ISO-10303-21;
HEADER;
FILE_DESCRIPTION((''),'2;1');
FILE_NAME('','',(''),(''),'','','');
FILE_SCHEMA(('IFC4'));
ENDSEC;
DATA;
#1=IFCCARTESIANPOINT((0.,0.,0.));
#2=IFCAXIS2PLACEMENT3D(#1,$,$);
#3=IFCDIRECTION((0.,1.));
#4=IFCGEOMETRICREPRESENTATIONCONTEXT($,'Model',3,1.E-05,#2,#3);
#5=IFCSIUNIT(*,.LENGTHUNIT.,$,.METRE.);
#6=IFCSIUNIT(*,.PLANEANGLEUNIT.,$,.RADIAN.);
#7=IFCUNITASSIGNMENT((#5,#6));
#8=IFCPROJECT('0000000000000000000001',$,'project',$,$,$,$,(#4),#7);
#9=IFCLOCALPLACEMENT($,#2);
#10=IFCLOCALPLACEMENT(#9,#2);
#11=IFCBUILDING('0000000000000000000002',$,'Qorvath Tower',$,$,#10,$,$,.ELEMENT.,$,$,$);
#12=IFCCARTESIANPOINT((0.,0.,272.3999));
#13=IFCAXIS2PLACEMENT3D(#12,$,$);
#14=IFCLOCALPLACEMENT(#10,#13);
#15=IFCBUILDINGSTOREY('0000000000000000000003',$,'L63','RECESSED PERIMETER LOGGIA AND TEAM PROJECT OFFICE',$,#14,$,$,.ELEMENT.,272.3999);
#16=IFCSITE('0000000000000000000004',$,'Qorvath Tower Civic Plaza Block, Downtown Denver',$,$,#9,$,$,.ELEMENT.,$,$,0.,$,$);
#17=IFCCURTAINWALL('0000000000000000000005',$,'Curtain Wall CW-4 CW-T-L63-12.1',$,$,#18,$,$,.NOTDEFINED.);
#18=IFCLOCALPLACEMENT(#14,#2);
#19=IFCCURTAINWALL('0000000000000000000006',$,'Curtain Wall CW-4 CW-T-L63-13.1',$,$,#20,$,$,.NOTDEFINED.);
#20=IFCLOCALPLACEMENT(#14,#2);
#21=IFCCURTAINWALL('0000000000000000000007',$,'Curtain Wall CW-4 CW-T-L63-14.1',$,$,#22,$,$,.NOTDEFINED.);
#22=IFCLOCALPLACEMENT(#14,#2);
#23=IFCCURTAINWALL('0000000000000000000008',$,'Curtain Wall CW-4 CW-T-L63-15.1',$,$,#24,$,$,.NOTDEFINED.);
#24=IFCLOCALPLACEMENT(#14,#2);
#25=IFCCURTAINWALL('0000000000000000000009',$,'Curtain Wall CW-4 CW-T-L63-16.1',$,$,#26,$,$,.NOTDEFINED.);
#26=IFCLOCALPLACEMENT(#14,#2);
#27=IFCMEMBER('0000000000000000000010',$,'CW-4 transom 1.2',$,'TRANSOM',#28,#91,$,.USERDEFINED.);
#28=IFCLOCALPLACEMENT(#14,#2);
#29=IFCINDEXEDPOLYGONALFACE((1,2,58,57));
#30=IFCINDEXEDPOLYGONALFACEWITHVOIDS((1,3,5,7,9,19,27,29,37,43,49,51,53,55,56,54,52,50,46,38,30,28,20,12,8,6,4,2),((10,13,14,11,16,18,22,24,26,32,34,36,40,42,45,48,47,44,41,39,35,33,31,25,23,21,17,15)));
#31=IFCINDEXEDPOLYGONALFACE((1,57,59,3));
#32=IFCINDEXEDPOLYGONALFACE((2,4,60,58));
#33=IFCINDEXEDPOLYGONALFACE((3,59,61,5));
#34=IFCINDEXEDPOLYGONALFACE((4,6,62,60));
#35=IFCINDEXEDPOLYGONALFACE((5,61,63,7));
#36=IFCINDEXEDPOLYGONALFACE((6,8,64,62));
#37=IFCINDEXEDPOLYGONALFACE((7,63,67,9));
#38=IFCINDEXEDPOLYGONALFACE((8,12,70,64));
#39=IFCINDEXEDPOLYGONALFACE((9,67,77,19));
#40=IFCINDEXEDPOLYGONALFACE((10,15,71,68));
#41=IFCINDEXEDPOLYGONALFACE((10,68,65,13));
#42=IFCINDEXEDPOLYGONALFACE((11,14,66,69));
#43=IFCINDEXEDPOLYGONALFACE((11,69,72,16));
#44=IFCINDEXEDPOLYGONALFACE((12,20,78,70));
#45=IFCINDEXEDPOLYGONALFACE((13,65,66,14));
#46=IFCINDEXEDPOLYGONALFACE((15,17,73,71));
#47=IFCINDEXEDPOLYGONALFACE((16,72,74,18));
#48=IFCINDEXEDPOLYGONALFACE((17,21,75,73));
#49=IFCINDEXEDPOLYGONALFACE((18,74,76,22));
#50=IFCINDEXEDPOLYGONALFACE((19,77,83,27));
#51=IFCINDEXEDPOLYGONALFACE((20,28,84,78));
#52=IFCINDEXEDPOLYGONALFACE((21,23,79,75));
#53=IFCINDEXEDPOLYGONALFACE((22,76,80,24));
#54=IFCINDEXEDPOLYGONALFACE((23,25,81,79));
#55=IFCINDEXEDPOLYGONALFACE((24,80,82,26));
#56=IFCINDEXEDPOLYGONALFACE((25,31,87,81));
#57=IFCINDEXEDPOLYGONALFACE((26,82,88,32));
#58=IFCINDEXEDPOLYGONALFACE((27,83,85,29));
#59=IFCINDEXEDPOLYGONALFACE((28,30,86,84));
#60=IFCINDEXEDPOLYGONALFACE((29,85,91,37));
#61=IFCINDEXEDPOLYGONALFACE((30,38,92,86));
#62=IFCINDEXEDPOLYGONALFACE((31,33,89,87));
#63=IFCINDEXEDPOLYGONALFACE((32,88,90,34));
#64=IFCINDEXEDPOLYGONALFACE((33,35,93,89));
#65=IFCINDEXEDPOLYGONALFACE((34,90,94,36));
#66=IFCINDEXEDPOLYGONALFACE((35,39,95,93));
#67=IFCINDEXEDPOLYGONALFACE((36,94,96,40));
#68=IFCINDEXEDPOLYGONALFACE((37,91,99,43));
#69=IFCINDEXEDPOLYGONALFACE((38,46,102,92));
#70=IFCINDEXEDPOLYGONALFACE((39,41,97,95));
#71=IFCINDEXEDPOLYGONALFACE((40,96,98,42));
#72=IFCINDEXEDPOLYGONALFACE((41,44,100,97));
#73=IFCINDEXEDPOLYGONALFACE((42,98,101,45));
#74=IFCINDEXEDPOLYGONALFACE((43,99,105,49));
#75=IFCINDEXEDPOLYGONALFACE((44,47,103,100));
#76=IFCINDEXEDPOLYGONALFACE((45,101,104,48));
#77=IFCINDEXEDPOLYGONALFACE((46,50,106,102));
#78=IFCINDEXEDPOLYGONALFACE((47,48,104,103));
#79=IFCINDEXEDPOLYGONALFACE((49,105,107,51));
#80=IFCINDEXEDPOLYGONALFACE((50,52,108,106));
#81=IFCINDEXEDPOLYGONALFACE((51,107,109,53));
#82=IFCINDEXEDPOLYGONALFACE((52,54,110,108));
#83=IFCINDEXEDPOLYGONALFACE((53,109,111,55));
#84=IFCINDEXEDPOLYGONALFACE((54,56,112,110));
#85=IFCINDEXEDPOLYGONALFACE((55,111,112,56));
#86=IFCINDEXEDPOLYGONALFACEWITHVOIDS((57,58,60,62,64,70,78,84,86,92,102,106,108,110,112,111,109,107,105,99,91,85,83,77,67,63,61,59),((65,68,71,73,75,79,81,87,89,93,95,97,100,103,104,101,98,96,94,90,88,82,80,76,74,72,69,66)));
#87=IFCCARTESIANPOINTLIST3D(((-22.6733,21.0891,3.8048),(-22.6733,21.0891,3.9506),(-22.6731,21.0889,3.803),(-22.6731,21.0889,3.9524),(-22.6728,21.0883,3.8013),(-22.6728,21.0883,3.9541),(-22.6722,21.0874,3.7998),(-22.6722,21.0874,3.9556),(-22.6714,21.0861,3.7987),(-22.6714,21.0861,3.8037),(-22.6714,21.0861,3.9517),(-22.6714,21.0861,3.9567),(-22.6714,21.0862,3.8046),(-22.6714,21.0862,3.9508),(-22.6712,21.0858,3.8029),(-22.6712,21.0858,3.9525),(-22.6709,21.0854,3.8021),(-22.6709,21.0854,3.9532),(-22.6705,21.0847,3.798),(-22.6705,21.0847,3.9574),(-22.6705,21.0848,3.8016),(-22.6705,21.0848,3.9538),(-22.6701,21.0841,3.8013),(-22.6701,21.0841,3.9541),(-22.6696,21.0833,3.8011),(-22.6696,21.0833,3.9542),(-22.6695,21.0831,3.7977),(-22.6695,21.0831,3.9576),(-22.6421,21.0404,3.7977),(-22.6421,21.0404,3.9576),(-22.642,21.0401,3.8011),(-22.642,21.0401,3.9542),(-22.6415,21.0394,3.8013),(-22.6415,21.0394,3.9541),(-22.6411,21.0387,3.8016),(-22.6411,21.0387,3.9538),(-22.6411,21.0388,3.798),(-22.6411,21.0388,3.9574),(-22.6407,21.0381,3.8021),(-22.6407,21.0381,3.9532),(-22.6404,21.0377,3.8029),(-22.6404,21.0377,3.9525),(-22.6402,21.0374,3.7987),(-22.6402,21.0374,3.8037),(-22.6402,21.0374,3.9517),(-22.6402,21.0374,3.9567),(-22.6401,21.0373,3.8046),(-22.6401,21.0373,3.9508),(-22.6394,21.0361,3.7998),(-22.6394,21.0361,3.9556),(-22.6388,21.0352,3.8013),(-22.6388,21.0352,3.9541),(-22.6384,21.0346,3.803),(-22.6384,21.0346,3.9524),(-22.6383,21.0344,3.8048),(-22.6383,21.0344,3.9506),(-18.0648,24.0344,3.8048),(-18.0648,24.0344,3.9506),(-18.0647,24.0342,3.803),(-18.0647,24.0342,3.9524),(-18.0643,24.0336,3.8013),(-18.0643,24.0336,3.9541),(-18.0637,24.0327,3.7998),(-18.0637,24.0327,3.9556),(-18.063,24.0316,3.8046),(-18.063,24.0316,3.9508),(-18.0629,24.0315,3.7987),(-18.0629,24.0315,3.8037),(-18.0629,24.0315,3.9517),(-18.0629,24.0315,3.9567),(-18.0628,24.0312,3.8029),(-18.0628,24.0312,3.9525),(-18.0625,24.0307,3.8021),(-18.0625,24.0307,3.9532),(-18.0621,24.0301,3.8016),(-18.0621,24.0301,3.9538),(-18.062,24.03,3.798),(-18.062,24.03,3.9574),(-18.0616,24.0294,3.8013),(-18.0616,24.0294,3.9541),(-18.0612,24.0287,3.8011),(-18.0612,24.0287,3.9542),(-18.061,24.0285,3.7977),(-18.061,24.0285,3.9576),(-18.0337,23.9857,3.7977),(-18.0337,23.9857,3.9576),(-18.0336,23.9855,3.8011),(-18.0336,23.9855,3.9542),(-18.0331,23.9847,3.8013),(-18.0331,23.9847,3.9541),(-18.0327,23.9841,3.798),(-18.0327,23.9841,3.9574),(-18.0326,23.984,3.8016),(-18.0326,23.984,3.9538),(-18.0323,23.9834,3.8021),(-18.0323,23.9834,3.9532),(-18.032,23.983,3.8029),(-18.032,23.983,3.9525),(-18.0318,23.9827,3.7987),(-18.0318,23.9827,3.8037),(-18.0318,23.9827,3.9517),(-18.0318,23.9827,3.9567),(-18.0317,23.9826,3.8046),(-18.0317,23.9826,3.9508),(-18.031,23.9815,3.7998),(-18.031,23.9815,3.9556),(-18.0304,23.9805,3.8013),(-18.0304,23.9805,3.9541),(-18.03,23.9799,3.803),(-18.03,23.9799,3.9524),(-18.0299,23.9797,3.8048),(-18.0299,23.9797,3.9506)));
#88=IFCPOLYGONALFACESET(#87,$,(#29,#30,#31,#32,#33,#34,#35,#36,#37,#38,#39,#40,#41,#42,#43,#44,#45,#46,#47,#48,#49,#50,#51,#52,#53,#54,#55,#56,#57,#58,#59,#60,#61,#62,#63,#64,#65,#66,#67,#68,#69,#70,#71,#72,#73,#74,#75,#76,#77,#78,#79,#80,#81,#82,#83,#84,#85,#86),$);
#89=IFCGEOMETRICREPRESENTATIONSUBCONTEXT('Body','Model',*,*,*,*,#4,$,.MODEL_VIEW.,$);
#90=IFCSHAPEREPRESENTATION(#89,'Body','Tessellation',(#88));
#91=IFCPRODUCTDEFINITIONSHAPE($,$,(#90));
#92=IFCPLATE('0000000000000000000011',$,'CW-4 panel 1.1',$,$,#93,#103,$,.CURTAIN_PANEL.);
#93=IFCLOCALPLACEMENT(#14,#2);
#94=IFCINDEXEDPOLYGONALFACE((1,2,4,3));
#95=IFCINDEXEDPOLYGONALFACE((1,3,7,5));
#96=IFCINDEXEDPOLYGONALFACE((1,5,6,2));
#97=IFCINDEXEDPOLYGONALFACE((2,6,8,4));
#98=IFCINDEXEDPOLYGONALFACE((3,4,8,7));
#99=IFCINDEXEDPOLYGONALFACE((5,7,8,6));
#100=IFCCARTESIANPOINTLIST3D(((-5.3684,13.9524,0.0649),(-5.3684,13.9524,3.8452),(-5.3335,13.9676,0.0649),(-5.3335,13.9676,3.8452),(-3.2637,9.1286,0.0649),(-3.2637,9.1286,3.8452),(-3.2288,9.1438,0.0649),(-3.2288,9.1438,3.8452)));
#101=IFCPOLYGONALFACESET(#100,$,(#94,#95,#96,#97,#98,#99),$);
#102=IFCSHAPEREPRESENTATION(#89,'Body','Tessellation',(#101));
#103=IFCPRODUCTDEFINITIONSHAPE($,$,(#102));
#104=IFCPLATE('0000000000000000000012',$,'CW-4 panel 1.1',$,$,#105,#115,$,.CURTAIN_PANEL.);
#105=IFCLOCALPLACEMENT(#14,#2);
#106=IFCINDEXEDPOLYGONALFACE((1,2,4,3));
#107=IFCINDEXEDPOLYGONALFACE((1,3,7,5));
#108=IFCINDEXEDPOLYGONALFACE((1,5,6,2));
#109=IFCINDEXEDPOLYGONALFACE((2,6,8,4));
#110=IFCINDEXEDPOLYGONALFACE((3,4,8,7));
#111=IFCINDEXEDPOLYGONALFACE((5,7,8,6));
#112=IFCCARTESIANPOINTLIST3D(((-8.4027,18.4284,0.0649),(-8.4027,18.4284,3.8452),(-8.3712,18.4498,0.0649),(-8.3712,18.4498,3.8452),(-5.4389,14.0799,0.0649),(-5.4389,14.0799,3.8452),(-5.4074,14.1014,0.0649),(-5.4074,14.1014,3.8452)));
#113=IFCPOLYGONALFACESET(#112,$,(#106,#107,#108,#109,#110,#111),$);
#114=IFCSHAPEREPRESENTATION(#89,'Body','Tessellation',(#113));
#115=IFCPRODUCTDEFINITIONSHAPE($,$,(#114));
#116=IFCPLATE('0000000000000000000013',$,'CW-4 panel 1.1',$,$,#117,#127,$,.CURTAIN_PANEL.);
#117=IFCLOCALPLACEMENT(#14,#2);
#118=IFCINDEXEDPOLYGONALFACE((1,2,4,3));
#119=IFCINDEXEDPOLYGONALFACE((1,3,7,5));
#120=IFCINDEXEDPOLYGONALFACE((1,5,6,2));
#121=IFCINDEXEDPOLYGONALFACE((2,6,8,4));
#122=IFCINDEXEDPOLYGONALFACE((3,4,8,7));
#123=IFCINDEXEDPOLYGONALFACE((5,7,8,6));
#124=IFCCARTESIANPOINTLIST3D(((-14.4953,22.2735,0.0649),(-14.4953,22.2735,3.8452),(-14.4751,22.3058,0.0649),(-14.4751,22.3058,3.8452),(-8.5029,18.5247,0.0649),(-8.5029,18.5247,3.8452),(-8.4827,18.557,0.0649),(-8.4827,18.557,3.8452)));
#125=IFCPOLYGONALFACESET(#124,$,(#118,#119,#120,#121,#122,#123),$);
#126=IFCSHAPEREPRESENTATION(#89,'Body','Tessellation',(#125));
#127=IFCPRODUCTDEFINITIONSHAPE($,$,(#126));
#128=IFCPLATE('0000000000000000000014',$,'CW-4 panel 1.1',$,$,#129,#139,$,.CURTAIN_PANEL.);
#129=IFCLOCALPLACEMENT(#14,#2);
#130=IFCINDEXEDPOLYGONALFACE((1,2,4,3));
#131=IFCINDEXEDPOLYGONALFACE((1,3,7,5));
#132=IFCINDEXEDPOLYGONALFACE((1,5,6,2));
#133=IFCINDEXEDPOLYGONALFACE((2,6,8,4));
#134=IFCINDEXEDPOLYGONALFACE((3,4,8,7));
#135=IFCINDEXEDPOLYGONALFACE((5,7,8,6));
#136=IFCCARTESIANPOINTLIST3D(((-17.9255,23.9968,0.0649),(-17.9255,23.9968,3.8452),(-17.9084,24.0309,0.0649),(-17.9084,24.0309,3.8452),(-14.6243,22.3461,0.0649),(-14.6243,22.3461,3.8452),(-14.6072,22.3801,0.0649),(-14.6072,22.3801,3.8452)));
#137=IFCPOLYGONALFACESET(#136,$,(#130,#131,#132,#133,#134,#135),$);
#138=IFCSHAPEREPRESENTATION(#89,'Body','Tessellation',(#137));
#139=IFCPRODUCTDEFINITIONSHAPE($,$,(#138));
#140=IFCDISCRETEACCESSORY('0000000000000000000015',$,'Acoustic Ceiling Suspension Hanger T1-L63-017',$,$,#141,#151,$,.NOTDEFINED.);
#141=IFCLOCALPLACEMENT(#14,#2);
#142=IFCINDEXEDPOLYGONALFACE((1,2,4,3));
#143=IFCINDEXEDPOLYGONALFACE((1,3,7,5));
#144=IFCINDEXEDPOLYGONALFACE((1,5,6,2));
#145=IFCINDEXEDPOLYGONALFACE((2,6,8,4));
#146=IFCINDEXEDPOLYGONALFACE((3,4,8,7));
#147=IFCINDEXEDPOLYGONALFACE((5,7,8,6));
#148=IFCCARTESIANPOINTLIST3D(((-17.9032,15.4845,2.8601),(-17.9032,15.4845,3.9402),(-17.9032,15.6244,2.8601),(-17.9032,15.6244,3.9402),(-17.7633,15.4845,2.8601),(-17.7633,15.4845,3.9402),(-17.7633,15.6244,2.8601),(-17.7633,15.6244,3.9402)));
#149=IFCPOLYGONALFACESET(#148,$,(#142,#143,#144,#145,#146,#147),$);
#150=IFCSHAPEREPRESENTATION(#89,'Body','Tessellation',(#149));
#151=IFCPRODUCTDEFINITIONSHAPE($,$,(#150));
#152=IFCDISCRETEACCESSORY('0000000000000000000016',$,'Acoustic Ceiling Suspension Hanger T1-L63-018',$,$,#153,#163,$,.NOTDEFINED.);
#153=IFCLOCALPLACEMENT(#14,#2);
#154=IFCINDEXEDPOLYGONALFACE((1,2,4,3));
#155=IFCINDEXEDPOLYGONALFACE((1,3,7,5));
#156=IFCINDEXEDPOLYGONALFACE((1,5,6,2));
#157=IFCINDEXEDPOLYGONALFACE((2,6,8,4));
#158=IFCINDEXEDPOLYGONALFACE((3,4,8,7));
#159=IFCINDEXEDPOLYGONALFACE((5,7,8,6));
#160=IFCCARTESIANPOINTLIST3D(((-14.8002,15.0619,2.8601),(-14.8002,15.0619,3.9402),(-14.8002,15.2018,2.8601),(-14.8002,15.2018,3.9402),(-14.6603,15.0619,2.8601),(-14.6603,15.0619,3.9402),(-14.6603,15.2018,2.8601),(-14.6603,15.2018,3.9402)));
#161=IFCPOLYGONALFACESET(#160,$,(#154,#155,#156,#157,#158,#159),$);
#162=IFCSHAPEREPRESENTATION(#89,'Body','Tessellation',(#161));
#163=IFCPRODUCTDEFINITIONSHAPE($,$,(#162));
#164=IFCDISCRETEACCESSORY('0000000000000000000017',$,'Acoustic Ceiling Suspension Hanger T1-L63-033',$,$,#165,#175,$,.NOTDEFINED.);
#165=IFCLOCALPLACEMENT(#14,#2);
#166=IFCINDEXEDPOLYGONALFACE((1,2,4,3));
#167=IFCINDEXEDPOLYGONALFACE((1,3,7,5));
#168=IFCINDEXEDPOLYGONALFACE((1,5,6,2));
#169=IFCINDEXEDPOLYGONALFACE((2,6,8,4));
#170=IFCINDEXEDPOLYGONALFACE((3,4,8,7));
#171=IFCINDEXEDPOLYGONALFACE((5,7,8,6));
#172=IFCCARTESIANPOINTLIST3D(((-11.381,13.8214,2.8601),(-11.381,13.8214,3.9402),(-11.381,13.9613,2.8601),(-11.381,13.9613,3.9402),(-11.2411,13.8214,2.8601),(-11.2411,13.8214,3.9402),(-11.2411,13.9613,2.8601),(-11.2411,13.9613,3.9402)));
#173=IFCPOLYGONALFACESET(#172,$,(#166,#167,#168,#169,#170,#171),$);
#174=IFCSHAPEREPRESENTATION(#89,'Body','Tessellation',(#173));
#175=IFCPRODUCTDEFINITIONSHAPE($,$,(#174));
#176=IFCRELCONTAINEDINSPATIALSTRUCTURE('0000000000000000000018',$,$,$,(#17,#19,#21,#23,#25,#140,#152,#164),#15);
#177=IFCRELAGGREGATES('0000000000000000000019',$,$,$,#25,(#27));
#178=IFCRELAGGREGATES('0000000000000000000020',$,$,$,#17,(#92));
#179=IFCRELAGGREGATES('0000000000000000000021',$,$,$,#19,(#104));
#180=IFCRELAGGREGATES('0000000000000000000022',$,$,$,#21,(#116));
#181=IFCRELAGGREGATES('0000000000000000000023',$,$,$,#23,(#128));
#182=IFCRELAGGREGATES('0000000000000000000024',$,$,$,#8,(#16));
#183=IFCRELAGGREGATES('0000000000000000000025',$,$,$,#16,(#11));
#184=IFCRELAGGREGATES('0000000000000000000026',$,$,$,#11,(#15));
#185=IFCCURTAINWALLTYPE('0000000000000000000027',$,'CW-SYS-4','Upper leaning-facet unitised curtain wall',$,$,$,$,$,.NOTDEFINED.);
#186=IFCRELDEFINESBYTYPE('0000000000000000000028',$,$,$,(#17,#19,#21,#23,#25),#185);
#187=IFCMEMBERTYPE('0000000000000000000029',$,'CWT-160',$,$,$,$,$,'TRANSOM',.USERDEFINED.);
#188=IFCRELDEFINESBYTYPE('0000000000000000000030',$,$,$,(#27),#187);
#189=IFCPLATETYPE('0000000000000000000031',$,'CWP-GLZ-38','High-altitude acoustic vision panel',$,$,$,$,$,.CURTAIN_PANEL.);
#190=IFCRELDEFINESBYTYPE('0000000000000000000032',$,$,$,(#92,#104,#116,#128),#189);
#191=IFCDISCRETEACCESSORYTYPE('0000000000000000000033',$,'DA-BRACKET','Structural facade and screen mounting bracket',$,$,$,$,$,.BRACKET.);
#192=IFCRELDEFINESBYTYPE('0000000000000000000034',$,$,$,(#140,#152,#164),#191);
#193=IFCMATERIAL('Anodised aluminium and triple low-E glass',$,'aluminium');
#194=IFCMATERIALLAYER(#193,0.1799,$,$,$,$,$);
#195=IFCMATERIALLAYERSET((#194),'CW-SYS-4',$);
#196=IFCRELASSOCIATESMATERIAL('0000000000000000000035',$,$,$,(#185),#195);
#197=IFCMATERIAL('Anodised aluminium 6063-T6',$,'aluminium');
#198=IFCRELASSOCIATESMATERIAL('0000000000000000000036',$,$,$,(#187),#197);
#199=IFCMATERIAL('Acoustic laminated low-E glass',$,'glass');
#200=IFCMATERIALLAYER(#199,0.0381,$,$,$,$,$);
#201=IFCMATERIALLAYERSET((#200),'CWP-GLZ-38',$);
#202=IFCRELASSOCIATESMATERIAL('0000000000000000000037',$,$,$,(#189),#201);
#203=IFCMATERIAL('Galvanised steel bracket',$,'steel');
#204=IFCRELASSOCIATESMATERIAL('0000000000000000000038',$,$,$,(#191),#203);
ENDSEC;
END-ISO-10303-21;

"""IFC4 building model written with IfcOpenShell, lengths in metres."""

from ifc_helpers import new_model, si_unit, direction, frame, origin, origin_2d, place, context, subcontext, project, spatial, rectangle, hollow_rectangle, extrude, material, layer, layer_set, material_profile, profile_set, type_object, element, aggregate, save


model = new_model("IFC4")

# Units and contexts
model_context = context("Model", 3, precision=1e-05, world=origin(), true_north=direction((0.0, 1.0)))
body_context = subcontext(model_context, "Body", "Model", "MODEL_VIEW")
ifc_project = project(units=[si_unit("LENGTHUNIT", "METRE"), si_unit("PLANEANGLEUNIT", "RADIAN")], contexts=[model_context])

# Site, building, storey
site_placement = place(None, origin())
site = spatial("IfcSite", under=ifc_project, at=site_placement, Name="Qorvath Tower Civic Plaza Block, Downtown Denver", CompositionType="ELEMENT", RefElevation=0.0)
building_placement = place(site_placement, origin())
building = spatial("IfcBuilding", under=site, at=building_placement, Name="Qorvath Tower", CompositionType="ELEMENT")
storey_placement = place(building_placement, frame((0.0, 0.0, 272.3999)))
storey = spatial("IfcBuildingStorey", under=building, at=storey_placement, Name="L63", Description="RECESSED PERIMETER LOGGIA AND TEAM PROJECT OFFICE", CompositionType="ELEMENT", Elevation=272.3999)

# Curtain wall
ifc_material_1 = material(Name="Anodised aluminium and triple low-E glass", Category="aluminium")
ifc_layer_1 = layer(ifc_material_1, 0.1799)
ifc_layer_set_1 = layer_set([ifc_layer_1], Name="CW-SYS-4")
curtain_wall_type = type_object("IfcCurtainWallType", Name="CW-SYS-4", Description="Upper leaning-facet unitised curtain wall", PredefinedType="NOTDEFINED", material=ifc_layer_set_1)
curtain_wall_1_placement = place(storey_placement, origin())
curtain_wall_1 = element("IfcCurtainWall", 1, at=curtain_wall_1_placement, inside=storey, type_object=curtain_wall_type, Name="Curtain Wall CW-4 CW-T-L63-12.1", PredefinedType="NOTDEFINED")

# Curtain walls
curtain_wall_2_placement = place(storey_placement, origin())
curtain_wall_2 = element("IfcCurtainWall", 2, at=curtain_wall_2_placement, inside=storey, type_object=curtain_wall_type, Name="Curtain Wall CW-4 CW-T-L63-13.1", PredefinedType="NOTDEFINED")
curtain_wall_3_placement = place(storey_placement, origin())
curtain_wall_3 = element("IfcCurtainWall", 3, at=curtain_wall_3_placement, inside=storey, type_object=curtain_wall_type, Name="Curtain Wall CW-4 CW-T-L63-14.1", PredefinedType="NOTDEFINED")
curtain_wall_4_placement = place(storey_placement, origin())
curtain_wall_4 = element("IfcCurtainWall", 4, at=curtain_wall_4_placement, inside=storey, type_object=curtain_wall_type, Name="Curtain Wall CW-4 CW-T-L63-15.1", PredefinedType="NOTDEFINED")

# Curtain wall
curtain_wall_5_placement = place(storey_placement, origin())
curtain_wall_5 = element("IfcCurtainWall", 5, at=curtain_wall_5_placement, inside=storey, type_object=curtain_wall_type, Name="Curtain Wall CW-4 CW-T-L63-16.1", PredefinedType="NOTDEFINED")

# Member
ifc_material_2 = material(Name="Anodised aluminium 6063-T6", Category="aluminium")
ifc_material_profile_1 = material_profile(ifc_material_2, hollow_rectangle(XDim=0.0649, YDim=0.1599, WallThickness=0.0034, InnerFilletRadius=0.0034, OuterFilletRadius=0.0071, at=origin_2d()), Name="CWT 160x65")
ifc_profile_set_1 = profile_set([ifc_material_profile_1], Name="Anodised aluminium 6063-T6")
member_type_1 = type_object("IfcMemberType", Name="CWT-160", ElementType="TRANSOM", PredefinedType="USERDEFINED", material=ifc_profile_set_1)
member_1_placement = place(storey_placement, frame((-18.0474, 24.0071, 3.8777), z_axis=(-0.842608, -0.538527, 0.0), x_axis=(0.538527, -0.842608, 0.0)))
member_1 = element("IfcMember", 6, at=member_1_placement, type_object=member_type_1, Name="CW-4 transom 1.2", ObjectType="TRANSOM", PredefinedType="USERDEFINED", context=body_context, shape_type="SweptSolid", body=[
    extrude(hollow_rectangle(XDim=0.0649, YDim=0.1599, WallThickness=0.0034, InnerFilletRadius=0.0034, OuterFilletRadius=0.0071, at=origin_2d()), origin(), (0.0, 0.0, 1.0), 5.4692),
])
aggregate(curtain_wall_5, [member_1])

# Plates
ifc_material_3 = material(Name="Acoustic laminated low-E glass", Category="glass")
ifc_layer_2 = layer(ifc_material_3, 0.0381)
ifc_layer_set_2 = layer_set([ifc_layer_2], Name="CWP-GLZ-38")
plate_type = type_object("IfcPlateType", Name="CWP-GLZ-38", Description="High-altitude acoustic vision panel", PredefinedType="CURTAIN_PANEL", material=ifc_layer_set_2)
plate_1_placement = place(storey_placement, frame((-4.2986, 11.5481, 0.0649), z_axis=(0.0, 0.0, 1.0), x_axis=(-0.3999, 0.916559, 0.0)))
plate_1 = element("IfcPlate", 7, at=plate_1_placement, type_object=plate_type, Name="CW-4 panel 1.1", PredefinedType="CURTAIN_PANEL", context=body_context, shape_type="SweptSolid", body=[
    extrude(rectangle(XDim=5.2629, YDim=0.0381, at=origin_2d()), origin(), (0.0, 0.0, 1.0), 3.7803),
])
aggregate(curtain_wall_1, [plate_1])
plate_2_placement = place(storey_placement, frame((-6.905, 16.2649, 0.0649), z_axis=(0.0, 0.0, 1.0), x_axis=(-0.563203, 0.826319, 0.0)))
plate_2 = element("IfcPlate", 8, at=plate_2_placement, type_object=plate_type, Name="CW-4 panel 1.1", PredefinedType="CURTAIN_PANEL", context=body_context, shape_type="SweptSolid", body=[
    extrude(rectangle(XDim=5.2625, YDim=0.0381, at=origin_2d()), origin(), (0.0, 0.0, 1.0), 3.7803),
])
aggregate(curtain_wall_2, [plate_2])
plate_3_placement = place(storey_placement, frame((-11.489, 20.4153, 0.0649), z_axis=(0.0, 0.0, 1.0), x_axis=(-0.847771, 0.530363, 0.0)))
plate_3 = element("IfcPlate", 9, at=plate_3_placement, type_object=plate_type, Name="CW-4 panel 1.1", PredefinedType="CURTAIN_PANEL", context=body_context, shape_type="SweptSolid", body=[
    extrude(rectangle(XDim=7.0684, YDim=0.0381, at=origin_2d()), origin(), (0.0, 0.0, 1.0), 3.7803),
])
aggregate(curtain_wall_3, [plate_3])
plate_4_placement = place(storey_placement, frame((-16.2664, 23.1885, 0.0649), z_axis=(0.0, 0.0, 1.0), x_axis=(-0.894412, 0.447245, 0.0)))
plate_4 = element("IfcPlate", 10, at=plate_4_placement, type_object=plate_type, Name="CW-4 panel 1.1", PredefinedType="CURTAIN_PANEL", context=body_context, shape_type="SweptSolid", body=[
    extrude(rectangle(XDim=3.6909, YDim=0.0381, at=origin_2d()), origin(), (0.0, 0.0, 1.0), 3.7803),
])
aggregate(curtain_wall_4, [plate_4])

# Discrete accessories
ifc_material_4 = material(Name="Galvanised steel bracket", Category="steel")
discrete_accessory_type = type_object("IfcDiscreteAccessoryType", Name="DA-BRACKET", Description="Structural facade and screen mounting bracket", PredefinedType="BRACKET", material=ifc_material_4)
for number, where, z_axis, x_axis, name in (
    (11, (-17.8333, 15.5544, 2.8601), (0.0, 0.0, 1.0), (1.0, 0.0, 0.0), "Acoustic Ceiling Suspension Hanger T1-L63-017"),
    (12, (-14.7302, 15.1318, 2.8601), (0.0, 0.0, 1.0), (1.0, 0.0, 0.0), "Acoustic Ceiling Suspension Hanger T1-L63-018"),
    (13, (-11.311, 13.8914, 2.8601), (0.0, 0.0, 1.0), (1.0, 0.0, 0.0), "Acoustic Ceiling Suspension Hanger T1-L63-033"),
):
    element("IfcDiscreteAccessory", number, at=place(storey_placement, frame(where, z_axis=z_axis, x_axis=x_axis)), inside=storey, type_object=discrete_accessory_type, Name=name, PredefinedType="NOTDEFINED", context=body_context, shape_type="SweptSolid", body=[
        extrude(rectangle(XDim=0.1399, YDim=0.1399, at=origin_2d()), origin(), (0.0, 0.0, 1.0), 1.0801),
    ])

save(model, "model.ifc")
